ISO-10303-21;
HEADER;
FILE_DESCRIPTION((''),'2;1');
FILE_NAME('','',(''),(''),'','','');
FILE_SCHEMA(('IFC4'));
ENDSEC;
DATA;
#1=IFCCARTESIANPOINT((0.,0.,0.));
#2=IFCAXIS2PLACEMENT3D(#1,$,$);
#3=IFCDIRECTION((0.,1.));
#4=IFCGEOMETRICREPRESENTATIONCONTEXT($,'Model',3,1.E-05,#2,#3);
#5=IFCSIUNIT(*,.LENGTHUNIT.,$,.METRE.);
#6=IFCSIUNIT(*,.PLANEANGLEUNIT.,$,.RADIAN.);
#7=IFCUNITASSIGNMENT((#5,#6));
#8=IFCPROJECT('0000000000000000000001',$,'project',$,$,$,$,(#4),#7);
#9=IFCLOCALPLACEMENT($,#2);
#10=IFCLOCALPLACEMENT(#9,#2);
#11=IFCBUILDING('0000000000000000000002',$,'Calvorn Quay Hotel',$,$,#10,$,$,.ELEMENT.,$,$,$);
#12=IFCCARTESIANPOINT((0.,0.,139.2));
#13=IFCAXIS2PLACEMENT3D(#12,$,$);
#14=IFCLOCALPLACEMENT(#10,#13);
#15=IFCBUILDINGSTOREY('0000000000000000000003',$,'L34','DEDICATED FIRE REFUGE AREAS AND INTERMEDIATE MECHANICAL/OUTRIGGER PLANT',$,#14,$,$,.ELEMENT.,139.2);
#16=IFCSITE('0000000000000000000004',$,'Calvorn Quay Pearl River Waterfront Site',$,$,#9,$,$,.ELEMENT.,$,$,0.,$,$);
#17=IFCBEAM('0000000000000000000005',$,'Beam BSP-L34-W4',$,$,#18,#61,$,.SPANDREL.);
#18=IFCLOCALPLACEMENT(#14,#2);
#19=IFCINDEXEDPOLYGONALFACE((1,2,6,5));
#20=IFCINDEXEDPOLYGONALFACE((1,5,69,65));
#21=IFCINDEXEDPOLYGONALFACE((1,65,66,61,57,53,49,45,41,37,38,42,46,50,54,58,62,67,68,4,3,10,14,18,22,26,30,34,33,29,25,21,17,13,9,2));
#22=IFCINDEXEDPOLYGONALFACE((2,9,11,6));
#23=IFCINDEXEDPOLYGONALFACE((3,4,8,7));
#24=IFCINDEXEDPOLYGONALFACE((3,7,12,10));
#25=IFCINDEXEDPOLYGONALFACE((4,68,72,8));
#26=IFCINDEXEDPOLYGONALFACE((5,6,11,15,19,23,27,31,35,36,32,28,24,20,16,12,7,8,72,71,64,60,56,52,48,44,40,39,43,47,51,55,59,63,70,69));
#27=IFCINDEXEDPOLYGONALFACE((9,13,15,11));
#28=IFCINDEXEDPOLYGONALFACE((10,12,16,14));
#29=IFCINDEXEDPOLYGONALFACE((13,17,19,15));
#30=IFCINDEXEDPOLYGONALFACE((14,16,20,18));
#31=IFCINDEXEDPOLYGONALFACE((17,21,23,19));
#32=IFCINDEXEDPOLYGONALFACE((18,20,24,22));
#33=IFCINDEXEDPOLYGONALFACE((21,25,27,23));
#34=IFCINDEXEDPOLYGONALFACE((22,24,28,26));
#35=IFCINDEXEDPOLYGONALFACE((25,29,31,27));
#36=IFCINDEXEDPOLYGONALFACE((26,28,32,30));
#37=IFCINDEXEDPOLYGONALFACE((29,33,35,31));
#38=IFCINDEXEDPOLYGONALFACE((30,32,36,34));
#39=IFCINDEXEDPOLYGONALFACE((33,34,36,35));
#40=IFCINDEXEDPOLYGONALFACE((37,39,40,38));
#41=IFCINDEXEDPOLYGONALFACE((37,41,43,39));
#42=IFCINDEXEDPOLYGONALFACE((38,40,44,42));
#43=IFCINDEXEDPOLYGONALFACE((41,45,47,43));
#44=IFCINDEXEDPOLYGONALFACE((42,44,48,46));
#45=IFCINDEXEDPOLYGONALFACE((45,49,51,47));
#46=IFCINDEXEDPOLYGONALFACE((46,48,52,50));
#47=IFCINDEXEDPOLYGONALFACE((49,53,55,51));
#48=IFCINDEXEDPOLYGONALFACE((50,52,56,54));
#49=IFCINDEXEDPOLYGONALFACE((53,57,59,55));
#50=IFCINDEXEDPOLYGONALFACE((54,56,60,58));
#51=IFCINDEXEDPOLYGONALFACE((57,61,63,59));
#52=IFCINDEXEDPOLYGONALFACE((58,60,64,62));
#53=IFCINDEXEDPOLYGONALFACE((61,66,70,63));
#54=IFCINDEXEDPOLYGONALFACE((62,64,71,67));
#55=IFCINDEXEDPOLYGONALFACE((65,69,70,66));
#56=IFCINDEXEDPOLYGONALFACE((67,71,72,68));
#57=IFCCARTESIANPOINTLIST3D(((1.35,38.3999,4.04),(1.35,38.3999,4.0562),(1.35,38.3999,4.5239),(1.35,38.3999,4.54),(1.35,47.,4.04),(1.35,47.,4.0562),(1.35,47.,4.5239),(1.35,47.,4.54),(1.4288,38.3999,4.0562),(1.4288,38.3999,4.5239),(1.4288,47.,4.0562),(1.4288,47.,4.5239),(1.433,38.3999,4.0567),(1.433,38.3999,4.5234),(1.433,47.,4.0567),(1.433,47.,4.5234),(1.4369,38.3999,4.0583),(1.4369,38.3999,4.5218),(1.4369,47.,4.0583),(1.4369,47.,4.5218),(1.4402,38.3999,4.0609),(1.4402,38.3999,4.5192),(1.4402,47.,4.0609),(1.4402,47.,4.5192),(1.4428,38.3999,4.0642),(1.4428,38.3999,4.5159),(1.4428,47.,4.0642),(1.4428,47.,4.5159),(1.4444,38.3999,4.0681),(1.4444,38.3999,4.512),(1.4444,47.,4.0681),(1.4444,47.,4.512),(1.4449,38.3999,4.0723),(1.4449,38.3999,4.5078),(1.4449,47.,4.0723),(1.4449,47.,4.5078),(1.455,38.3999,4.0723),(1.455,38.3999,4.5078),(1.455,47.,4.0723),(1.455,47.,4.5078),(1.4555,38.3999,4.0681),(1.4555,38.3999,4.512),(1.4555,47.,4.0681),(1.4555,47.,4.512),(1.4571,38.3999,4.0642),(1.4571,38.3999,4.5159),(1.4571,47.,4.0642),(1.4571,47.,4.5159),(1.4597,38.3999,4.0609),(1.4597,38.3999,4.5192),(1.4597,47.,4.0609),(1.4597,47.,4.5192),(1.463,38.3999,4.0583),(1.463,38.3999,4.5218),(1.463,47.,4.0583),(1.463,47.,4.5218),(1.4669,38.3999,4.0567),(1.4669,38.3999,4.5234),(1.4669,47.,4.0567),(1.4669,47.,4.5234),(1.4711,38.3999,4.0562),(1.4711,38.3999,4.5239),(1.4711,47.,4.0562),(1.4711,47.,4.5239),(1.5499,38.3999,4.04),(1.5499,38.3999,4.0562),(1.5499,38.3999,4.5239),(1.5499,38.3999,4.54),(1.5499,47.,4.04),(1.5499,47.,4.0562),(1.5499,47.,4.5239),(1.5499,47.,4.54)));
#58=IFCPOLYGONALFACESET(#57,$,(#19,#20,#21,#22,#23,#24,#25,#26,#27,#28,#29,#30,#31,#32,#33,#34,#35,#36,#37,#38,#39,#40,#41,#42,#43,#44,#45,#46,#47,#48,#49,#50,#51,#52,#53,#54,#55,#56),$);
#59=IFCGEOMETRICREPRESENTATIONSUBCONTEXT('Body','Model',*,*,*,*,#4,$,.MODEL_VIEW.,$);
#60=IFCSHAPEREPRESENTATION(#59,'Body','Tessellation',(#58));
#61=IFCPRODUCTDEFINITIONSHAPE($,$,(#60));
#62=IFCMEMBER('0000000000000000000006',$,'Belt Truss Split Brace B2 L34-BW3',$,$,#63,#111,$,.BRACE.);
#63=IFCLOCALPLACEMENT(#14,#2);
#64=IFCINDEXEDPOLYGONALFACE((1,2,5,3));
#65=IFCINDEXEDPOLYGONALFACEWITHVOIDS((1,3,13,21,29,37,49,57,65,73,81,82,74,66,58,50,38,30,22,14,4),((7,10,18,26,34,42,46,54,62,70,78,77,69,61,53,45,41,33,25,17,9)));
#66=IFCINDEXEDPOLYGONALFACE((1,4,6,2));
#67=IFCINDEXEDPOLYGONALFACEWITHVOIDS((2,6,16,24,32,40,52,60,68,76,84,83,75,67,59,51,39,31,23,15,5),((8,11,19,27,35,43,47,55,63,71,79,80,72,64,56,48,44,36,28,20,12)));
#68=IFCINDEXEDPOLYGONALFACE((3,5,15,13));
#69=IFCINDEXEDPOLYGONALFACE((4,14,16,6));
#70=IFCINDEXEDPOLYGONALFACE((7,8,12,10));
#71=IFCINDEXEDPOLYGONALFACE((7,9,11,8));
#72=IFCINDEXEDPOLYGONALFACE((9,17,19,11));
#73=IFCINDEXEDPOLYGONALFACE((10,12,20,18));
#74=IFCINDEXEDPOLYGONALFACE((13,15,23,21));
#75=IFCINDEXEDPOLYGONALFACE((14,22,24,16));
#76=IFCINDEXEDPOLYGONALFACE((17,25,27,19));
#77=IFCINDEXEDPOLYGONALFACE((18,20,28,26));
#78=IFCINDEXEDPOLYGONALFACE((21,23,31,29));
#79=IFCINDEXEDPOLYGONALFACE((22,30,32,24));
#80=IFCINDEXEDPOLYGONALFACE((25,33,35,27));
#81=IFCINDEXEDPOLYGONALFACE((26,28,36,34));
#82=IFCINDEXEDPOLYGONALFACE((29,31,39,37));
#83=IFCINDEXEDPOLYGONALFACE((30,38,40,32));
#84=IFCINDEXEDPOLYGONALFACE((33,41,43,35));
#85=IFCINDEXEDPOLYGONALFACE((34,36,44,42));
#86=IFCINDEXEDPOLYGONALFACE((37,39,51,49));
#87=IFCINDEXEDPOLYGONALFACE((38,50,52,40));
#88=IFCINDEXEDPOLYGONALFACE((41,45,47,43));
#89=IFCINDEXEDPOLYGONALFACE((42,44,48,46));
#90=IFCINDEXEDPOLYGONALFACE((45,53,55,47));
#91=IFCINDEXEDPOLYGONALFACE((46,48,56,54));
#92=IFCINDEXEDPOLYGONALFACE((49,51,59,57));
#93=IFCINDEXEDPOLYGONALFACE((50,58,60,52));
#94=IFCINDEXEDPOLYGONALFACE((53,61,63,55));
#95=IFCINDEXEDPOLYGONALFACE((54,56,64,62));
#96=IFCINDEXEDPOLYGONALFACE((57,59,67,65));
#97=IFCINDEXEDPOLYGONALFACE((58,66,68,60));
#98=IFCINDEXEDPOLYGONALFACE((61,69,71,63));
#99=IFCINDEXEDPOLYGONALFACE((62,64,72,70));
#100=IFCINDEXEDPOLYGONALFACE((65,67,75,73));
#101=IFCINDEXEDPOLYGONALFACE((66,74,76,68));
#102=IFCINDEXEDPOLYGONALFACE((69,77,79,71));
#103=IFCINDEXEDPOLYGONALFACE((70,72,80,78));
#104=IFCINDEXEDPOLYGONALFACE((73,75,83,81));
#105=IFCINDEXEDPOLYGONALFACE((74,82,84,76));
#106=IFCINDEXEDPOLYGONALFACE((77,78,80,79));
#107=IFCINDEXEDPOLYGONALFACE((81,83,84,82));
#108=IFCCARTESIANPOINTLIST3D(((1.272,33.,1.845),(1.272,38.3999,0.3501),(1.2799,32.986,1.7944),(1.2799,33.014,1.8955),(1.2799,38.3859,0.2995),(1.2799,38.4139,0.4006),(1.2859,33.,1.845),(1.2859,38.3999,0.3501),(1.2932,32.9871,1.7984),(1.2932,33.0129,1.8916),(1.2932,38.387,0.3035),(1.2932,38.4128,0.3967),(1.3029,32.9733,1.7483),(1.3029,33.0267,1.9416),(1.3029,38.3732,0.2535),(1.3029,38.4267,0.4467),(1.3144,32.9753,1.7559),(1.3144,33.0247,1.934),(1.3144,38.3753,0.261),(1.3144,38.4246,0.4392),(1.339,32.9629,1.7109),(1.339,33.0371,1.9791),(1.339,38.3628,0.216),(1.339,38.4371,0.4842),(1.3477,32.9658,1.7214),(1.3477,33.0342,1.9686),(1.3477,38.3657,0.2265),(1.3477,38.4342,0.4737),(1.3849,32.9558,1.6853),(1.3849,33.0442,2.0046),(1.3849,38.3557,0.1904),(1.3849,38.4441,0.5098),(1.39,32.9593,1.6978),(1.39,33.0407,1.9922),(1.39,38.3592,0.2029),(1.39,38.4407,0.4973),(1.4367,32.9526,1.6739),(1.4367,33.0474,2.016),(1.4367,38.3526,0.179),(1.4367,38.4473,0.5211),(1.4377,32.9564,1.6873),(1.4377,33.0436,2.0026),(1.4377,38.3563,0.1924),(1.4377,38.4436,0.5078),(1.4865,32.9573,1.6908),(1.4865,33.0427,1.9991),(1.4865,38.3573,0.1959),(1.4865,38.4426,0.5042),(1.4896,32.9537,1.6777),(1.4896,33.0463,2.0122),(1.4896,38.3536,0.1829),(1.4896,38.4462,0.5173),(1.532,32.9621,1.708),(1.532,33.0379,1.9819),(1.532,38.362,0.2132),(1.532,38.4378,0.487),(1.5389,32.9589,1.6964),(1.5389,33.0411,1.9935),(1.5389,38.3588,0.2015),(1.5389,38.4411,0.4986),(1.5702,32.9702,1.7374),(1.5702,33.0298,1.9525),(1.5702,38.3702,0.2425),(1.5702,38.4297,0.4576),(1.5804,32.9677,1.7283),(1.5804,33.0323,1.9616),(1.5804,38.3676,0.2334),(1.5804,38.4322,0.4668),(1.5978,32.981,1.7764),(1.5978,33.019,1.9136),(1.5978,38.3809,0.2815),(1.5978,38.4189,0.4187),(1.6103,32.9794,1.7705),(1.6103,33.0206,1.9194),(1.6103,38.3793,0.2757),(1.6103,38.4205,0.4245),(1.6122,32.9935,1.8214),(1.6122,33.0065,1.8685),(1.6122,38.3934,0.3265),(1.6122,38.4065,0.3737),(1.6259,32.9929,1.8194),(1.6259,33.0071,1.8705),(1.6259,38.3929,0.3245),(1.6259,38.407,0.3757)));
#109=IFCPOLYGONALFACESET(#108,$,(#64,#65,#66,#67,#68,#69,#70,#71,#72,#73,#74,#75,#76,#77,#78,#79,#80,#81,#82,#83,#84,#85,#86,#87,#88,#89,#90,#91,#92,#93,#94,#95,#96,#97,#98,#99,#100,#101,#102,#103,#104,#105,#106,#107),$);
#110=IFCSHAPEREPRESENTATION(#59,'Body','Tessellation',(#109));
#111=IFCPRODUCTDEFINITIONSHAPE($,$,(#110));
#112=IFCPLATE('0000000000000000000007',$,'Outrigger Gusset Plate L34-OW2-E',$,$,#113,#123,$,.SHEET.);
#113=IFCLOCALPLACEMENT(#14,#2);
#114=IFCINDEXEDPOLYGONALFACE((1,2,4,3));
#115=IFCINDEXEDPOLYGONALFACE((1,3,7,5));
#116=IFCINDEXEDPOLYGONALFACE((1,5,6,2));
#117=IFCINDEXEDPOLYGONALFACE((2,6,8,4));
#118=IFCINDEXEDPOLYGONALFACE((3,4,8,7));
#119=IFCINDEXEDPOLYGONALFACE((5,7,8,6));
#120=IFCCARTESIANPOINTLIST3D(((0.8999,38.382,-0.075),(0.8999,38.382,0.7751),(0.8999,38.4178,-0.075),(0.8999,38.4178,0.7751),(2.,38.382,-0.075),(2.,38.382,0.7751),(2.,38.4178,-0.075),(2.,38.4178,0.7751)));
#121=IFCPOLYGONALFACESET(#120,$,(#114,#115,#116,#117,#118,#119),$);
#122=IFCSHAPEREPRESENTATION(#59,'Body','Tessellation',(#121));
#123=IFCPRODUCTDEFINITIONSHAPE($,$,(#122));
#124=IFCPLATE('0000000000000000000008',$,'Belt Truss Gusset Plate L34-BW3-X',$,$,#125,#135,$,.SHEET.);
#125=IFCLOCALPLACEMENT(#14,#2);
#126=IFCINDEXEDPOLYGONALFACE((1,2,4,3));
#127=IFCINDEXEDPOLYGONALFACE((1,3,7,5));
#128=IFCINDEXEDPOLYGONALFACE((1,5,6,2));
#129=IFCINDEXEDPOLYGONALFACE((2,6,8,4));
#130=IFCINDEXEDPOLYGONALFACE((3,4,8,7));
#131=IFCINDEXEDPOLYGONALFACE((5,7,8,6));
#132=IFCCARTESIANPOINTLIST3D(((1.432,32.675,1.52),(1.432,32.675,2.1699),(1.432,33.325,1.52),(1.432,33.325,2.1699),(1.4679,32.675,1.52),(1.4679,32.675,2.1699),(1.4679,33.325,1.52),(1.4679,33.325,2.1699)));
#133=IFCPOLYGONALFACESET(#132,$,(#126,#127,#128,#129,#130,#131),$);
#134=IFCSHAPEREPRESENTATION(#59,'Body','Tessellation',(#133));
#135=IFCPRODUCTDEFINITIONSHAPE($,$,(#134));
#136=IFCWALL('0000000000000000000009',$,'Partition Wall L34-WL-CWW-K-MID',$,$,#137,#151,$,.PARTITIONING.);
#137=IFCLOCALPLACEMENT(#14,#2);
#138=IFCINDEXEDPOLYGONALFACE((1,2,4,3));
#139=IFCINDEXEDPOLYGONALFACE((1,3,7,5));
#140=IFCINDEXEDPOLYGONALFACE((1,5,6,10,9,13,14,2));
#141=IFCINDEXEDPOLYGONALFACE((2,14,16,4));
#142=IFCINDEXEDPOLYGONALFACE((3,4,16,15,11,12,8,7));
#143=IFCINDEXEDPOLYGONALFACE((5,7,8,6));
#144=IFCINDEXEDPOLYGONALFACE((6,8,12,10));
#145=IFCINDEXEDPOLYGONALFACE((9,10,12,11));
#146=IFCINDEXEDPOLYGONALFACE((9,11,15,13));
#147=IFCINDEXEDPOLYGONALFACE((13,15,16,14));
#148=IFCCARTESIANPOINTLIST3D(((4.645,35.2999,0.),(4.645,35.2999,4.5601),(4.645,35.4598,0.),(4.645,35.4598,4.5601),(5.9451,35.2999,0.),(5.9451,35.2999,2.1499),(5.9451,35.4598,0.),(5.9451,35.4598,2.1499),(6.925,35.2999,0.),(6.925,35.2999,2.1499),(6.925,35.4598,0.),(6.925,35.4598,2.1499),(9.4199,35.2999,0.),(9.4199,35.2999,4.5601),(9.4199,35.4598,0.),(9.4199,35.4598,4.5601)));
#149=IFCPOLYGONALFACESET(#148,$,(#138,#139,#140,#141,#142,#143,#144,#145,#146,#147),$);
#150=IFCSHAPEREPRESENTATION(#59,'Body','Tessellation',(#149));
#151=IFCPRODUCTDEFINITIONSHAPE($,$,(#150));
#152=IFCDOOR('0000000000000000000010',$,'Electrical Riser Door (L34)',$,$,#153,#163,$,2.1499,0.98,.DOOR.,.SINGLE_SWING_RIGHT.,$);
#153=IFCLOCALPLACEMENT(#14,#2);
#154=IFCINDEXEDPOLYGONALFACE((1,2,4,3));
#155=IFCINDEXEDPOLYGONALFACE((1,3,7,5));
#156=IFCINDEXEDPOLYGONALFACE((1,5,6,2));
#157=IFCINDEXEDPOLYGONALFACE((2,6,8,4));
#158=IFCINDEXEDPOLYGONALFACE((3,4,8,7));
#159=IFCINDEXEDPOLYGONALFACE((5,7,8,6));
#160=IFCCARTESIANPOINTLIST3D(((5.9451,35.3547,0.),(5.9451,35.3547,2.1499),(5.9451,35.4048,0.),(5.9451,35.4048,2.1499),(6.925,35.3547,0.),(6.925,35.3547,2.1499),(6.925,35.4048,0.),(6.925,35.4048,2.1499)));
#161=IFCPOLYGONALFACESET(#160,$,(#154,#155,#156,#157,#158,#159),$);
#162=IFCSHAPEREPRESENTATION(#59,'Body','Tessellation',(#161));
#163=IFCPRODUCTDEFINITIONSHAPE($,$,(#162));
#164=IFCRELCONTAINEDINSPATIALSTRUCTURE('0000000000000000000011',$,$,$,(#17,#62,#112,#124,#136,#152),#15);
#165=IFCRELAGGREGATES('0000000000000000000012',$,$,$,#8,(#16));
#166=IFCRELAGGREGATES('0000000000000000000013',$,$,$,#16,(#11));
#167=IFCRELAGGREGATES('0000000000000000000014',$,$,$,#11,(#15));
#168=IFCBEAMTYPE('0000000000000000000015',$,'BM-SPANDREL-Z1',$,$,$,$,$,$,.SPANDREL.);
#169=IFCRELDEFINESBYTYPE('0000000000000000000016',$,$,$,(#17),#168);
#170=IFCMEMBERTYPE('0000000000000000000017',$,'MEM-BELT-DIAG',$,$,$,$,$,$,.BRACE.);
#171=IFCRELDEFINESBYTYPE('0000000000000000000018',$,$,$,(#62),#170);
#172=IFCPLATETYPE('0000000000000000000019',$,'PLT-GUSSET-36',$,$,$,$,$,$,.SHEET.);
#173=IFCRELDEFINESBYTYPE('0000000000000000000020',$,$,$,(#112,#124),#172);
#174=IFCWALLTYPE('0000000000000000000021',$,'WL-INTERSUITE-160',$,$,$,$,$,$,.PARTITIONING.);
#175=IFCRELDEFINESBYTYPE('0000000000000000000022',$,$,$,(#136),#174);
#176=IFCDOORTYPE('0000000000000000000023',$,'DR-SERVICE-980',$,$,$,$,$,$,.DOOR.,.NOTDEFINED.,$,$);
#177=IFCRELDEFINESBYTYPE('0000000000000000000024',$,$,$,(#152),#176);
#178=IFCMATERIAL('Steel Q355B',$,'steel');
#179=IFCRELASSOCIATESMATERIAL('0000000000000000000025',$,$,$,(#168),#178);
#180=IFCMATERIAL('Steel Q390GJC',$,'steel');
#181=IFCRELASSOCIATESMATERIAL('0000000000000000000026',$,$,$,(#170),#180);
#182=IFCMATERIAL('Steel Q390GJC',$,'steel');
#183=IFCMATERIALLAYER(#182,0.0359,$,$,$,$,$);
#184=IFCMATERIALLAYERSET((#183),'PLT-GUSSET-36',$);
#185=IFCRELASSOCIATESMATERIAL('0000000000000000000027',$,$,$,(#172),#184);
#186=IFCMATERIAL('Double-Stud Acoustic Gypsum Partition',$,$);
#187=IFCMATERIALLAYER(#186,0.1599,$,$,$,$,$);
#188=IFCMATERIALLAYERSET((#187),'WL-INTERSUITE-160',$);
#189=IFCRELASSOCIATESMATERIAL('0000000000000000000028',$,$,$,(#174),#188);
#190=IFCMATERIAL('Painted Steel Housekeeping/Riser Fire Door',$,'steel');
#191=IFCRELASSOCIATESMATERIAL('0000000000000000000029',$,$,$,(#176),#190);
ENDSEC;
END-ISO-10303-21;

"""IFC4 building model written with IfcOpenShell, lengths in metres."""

from ifc_helpers import new_model, si_unit, direction, frame, frame_2d, origin, origin_2d, place, context, subcontext, project, spatial, rectangle, hollow_circle, i_section, extrude, material, layer, layer_set, material_profile, profile_set, type_object, element, fill, save


model = new_model("IFC4")

# Units and contexts
model_context = context("Model", 3, precision=1e-05, world=origin(), true_north=direction((0.0, 1.0)))
body_context = subcontext(model_context, "Body", "Model", "MODEL_VIEW")
ifc_project = project(units=[si_unit("LENGTHUNIT", "METRE"), si_unit("PLANEANGLEUNIT", "RADIAN")], contexts=[model_context])

# Site, building, storey
site_placement = place(None, origin())
site = spatial("IfcSite", under=ifc_project, at=site_placement, Name="Calvorn Quay Pearl River Waterfront Site", CompositionType="ELEMENT", RefElevation=0.0)
building_placement = place(site_placement, origin())
building = spatial("IfcBuilding", under=site, at=building_placement, Name="Calvorn Quay Hotel", CompositionType="ELEMENT")
storey_placement = place(building_placement, frame((0.0, 0.0, 139.2)))
storey = spatial("IfcBuildingStorey", under=building, at=storey_placement, Name="L34", Description="DEDICATED FIRE REFUGE AREAS AND INTERMEDIATE MECHANICAL/OUTRIGGER PLANT", CompositionType="ELEMENT", Elevation=139.2)

# Beam
ifc_material_1 = material(Name="Steel Q355B", Category="steel")
ifc_material_profile_1 = material_profile(ifc_material_1, i_section(OverallWidth=0.2, OverallDepth=0.5, WebThickness=0.01, FlangeThickness=0.0161, FilletRadius=0.0161, at=origin_2d()), Name="HN500x200x10x16")
ifc_profile_set_1 = profile_set([ifc_material_profile_1], Name="Steel Q355B")
beam_type_1 = type_object("IfcBeamType", Name="BM-SPANDREL-Z1", PredefinedType="SPANDREL", material=ifc_profile_set_1)
beam_1_placement = place(storey_placement, frame((1.45, 38.3999, 4.29), z_axis=(0.0, 1.0, 0.0), x_axis=(-1.0, 0.0, 0.0)))
element("IfcBeam", 1, at=beam_1_placement, inside=storey, type_object=beam_type_1, Name="Beam BSP-L34-W4", PredefinedType="SPANDREL", context=body_context, shape_type="SweptSolid", body=[
    extrude(i_section(OverallWidth=0.2, OverallDepth=0.5, WebThickness=0.01, FlangeThickness=0.0161, FilletRadius=0.0161, at=origin_2d()), origin(), (0.0, 0.0, 1.0), 8.6001),
])

# Member
ifc_material_2 = material(Name="Steel Q390GJC", Category="steel")
ifc_material_profile_2 = material_profile(ifc_material_2, hollow_circle(Radius=0.178, WallThickness=0.0139, at=origin_2d()), Name="CHS356x14")
ifc_profile_set_2 = profile_set([ifc_material_profile_2], Name="Steel Q390GJC")
member_type = type_object("IfcMemberType", Name="MEM-BELT-DIAG", PredefinedType="BRACE", material=ifc_profile_set_2)
member_placement = place(storey_placement, frame((1.45, 33.0, 1.845), z_axis=(0.0, 0.963752, -0.266799), x_axis=(-1.0, 0.0, 0.0)))
element("IfcMember", 2, at=member_placement, inside=storey, type_object=member_type, Name="Belt Truss Split Brace B2 L34-BW3", PredefinedType="BRACE", context=body_context, shape_type="SweptSolid", body=[
    extrude(hollow_circle(Radius=0.178, WallThickness=0.0139, at=origin_2d()), origin(), (0.0, 0.0, 1.0), 5.603),
])

# Plates
ifc_material_3 = material(Name="Steel Q390GJC", Category="steel")
ifc_layer_1 = layer(ifc_material_3, 0.0359)
ifc_layer_set_1 = layer_set([ifc_layer_1], Name="PLT-GUSSET-36")
plate_type = type_object("IfcPlateType", Name="PLT-GUSSET-36", PredefinedType="SHEET", material=ifc_layer_set_1)
plate_1_placement = place(storey_placement, frame((1.45, 38.3999, -0.075), z_axis=(0.0, 0.0, 1.0), x_axis=(-1.0, 0.0, 0.0)))
element("IfcPlate", 3, at=plate_1_placement, inside=storey, type_object=plate_type, Name="Outrigger Gusset Plate L34-OW2-E", PredefinedType="SHEET", context=body_context, shape_type="SweptSolid", body=[
    extrude(rectangle(XDim=1.1001, YDim=0.0359, at=origin_2d()), origin(), (0.0, 0.0, 1.0), 0.8501),
])
plate_2_placement = place(storey_placement, frame((1.45, 33.0, 1.52), z_axis=(0.0, 0.0, 1.0), x_axis=(0.0, 1.0, 0.0)))
element("IfcPlate", 4, at=plate_2_placement, inside=storey, type_object=plate_type, Name="Belt Truss Gusset Plate L34-BW3-X", PredefinedType="SHEET", context=body_context, shape_type="SweptSolid", body=[
    extrude(rectangle(XDim=0.6499, YDim=0.0359, at=origin_2d()), origin(), (0.0, 0.0, 1.0), 0.6499),
])

# Wall, opening, door
ifc_material_4 = material(Name="Double-Stud Acoustic Gypsum Partition")
ifc_layer_2 = layer(ifc_material_4, 0.1599)
ifc_layer_set_2 = layer_set([ifc_layer_2], Name="WL-INTERSUITE-160")
wall_type_1 = type_object("IfcWallType", Name="WL-INTERSUITE-160", PredefinedType="PARTITIONING", material=ifc_layer_set_2)
wall_1_placement = place(storey_placement, frame((4.645, 35.3799, 0.0), z_axis=(0.0, 0.0, 1.0), x_axis=(1.0, 0.0, 0.0)))
wall_1 = element("IfcWall", 5, at=wall_1_placement, inside=storey, type_object=wall_type_1, Name="Partition Wall L34-WL-CWW-K-MID", PredefinedType="PARTITIONING", context=body_context, shape_type="SweptSolid", body=[
    extrude(rectangle(XDim=4.7749, YDim=0.1599, at=frame_2d((2.3875, 0.0))), origin(), (0.0, 0.0, 1.0), 4.5601),
])
opening_1_placement = place(wall_1_placement, frame((1.3, 0.0, 0.0)))
opening_1 = element("IfcOpeningElement", 6, at=opening_1_placement, cuts=wall_1, PredefinedType="OPENING", context=body_context, shape_type="SweptSolid", body=[
    extrude(rectangle(XDim=0.98, YDim=2.1499, at=frame_2d((0.49, 1.075))), frame((0.0, 0.0898, 0.0), z_axis=(0.0, -1.0, 0.0), x_axis=(1.0, 0.0, 0.0)), (0.0, 0.0, 1.0), 0.1799),
])
ifc_material_5 = material(Name="Painted Steel Housekeeping/Riser Fire Door", Category="steel")
door_type_1 = type_object("IfcDoorType", Name="DR-SERVICE-980", OperationType="NOTDEFINED", PredefinedType="DOOR", material=ifc_material_5)
door_1_placement = place(opening_1_placement, origin())
door_1 = element("IfcDoor", 7, at=door_1_placement, inside=storey, type_object=door_type_1, Name="Electrical Riser Door (L34)", OperationType="SINGLE_SWING_RIGHT", OverallHeight=2.1499, OverallWidth=0.98, PredefinedType="DOOR", context=body_context, shape_type="SweptSolid", body=[
    extrude(rectangle(XDim=0.98, YDim=2.1499, at=frame_2d((0.49, 1.075))), frame((0.0, 0.0249, 0.0), z_axis=(0.0, -1.0, 0.0), x_axis=(1.0, 0.0, 0.0)), (0.0, 0.0, 1.0), 0.05),
])
fill(opening_1, door_1)

save(model, "model.ifc")
